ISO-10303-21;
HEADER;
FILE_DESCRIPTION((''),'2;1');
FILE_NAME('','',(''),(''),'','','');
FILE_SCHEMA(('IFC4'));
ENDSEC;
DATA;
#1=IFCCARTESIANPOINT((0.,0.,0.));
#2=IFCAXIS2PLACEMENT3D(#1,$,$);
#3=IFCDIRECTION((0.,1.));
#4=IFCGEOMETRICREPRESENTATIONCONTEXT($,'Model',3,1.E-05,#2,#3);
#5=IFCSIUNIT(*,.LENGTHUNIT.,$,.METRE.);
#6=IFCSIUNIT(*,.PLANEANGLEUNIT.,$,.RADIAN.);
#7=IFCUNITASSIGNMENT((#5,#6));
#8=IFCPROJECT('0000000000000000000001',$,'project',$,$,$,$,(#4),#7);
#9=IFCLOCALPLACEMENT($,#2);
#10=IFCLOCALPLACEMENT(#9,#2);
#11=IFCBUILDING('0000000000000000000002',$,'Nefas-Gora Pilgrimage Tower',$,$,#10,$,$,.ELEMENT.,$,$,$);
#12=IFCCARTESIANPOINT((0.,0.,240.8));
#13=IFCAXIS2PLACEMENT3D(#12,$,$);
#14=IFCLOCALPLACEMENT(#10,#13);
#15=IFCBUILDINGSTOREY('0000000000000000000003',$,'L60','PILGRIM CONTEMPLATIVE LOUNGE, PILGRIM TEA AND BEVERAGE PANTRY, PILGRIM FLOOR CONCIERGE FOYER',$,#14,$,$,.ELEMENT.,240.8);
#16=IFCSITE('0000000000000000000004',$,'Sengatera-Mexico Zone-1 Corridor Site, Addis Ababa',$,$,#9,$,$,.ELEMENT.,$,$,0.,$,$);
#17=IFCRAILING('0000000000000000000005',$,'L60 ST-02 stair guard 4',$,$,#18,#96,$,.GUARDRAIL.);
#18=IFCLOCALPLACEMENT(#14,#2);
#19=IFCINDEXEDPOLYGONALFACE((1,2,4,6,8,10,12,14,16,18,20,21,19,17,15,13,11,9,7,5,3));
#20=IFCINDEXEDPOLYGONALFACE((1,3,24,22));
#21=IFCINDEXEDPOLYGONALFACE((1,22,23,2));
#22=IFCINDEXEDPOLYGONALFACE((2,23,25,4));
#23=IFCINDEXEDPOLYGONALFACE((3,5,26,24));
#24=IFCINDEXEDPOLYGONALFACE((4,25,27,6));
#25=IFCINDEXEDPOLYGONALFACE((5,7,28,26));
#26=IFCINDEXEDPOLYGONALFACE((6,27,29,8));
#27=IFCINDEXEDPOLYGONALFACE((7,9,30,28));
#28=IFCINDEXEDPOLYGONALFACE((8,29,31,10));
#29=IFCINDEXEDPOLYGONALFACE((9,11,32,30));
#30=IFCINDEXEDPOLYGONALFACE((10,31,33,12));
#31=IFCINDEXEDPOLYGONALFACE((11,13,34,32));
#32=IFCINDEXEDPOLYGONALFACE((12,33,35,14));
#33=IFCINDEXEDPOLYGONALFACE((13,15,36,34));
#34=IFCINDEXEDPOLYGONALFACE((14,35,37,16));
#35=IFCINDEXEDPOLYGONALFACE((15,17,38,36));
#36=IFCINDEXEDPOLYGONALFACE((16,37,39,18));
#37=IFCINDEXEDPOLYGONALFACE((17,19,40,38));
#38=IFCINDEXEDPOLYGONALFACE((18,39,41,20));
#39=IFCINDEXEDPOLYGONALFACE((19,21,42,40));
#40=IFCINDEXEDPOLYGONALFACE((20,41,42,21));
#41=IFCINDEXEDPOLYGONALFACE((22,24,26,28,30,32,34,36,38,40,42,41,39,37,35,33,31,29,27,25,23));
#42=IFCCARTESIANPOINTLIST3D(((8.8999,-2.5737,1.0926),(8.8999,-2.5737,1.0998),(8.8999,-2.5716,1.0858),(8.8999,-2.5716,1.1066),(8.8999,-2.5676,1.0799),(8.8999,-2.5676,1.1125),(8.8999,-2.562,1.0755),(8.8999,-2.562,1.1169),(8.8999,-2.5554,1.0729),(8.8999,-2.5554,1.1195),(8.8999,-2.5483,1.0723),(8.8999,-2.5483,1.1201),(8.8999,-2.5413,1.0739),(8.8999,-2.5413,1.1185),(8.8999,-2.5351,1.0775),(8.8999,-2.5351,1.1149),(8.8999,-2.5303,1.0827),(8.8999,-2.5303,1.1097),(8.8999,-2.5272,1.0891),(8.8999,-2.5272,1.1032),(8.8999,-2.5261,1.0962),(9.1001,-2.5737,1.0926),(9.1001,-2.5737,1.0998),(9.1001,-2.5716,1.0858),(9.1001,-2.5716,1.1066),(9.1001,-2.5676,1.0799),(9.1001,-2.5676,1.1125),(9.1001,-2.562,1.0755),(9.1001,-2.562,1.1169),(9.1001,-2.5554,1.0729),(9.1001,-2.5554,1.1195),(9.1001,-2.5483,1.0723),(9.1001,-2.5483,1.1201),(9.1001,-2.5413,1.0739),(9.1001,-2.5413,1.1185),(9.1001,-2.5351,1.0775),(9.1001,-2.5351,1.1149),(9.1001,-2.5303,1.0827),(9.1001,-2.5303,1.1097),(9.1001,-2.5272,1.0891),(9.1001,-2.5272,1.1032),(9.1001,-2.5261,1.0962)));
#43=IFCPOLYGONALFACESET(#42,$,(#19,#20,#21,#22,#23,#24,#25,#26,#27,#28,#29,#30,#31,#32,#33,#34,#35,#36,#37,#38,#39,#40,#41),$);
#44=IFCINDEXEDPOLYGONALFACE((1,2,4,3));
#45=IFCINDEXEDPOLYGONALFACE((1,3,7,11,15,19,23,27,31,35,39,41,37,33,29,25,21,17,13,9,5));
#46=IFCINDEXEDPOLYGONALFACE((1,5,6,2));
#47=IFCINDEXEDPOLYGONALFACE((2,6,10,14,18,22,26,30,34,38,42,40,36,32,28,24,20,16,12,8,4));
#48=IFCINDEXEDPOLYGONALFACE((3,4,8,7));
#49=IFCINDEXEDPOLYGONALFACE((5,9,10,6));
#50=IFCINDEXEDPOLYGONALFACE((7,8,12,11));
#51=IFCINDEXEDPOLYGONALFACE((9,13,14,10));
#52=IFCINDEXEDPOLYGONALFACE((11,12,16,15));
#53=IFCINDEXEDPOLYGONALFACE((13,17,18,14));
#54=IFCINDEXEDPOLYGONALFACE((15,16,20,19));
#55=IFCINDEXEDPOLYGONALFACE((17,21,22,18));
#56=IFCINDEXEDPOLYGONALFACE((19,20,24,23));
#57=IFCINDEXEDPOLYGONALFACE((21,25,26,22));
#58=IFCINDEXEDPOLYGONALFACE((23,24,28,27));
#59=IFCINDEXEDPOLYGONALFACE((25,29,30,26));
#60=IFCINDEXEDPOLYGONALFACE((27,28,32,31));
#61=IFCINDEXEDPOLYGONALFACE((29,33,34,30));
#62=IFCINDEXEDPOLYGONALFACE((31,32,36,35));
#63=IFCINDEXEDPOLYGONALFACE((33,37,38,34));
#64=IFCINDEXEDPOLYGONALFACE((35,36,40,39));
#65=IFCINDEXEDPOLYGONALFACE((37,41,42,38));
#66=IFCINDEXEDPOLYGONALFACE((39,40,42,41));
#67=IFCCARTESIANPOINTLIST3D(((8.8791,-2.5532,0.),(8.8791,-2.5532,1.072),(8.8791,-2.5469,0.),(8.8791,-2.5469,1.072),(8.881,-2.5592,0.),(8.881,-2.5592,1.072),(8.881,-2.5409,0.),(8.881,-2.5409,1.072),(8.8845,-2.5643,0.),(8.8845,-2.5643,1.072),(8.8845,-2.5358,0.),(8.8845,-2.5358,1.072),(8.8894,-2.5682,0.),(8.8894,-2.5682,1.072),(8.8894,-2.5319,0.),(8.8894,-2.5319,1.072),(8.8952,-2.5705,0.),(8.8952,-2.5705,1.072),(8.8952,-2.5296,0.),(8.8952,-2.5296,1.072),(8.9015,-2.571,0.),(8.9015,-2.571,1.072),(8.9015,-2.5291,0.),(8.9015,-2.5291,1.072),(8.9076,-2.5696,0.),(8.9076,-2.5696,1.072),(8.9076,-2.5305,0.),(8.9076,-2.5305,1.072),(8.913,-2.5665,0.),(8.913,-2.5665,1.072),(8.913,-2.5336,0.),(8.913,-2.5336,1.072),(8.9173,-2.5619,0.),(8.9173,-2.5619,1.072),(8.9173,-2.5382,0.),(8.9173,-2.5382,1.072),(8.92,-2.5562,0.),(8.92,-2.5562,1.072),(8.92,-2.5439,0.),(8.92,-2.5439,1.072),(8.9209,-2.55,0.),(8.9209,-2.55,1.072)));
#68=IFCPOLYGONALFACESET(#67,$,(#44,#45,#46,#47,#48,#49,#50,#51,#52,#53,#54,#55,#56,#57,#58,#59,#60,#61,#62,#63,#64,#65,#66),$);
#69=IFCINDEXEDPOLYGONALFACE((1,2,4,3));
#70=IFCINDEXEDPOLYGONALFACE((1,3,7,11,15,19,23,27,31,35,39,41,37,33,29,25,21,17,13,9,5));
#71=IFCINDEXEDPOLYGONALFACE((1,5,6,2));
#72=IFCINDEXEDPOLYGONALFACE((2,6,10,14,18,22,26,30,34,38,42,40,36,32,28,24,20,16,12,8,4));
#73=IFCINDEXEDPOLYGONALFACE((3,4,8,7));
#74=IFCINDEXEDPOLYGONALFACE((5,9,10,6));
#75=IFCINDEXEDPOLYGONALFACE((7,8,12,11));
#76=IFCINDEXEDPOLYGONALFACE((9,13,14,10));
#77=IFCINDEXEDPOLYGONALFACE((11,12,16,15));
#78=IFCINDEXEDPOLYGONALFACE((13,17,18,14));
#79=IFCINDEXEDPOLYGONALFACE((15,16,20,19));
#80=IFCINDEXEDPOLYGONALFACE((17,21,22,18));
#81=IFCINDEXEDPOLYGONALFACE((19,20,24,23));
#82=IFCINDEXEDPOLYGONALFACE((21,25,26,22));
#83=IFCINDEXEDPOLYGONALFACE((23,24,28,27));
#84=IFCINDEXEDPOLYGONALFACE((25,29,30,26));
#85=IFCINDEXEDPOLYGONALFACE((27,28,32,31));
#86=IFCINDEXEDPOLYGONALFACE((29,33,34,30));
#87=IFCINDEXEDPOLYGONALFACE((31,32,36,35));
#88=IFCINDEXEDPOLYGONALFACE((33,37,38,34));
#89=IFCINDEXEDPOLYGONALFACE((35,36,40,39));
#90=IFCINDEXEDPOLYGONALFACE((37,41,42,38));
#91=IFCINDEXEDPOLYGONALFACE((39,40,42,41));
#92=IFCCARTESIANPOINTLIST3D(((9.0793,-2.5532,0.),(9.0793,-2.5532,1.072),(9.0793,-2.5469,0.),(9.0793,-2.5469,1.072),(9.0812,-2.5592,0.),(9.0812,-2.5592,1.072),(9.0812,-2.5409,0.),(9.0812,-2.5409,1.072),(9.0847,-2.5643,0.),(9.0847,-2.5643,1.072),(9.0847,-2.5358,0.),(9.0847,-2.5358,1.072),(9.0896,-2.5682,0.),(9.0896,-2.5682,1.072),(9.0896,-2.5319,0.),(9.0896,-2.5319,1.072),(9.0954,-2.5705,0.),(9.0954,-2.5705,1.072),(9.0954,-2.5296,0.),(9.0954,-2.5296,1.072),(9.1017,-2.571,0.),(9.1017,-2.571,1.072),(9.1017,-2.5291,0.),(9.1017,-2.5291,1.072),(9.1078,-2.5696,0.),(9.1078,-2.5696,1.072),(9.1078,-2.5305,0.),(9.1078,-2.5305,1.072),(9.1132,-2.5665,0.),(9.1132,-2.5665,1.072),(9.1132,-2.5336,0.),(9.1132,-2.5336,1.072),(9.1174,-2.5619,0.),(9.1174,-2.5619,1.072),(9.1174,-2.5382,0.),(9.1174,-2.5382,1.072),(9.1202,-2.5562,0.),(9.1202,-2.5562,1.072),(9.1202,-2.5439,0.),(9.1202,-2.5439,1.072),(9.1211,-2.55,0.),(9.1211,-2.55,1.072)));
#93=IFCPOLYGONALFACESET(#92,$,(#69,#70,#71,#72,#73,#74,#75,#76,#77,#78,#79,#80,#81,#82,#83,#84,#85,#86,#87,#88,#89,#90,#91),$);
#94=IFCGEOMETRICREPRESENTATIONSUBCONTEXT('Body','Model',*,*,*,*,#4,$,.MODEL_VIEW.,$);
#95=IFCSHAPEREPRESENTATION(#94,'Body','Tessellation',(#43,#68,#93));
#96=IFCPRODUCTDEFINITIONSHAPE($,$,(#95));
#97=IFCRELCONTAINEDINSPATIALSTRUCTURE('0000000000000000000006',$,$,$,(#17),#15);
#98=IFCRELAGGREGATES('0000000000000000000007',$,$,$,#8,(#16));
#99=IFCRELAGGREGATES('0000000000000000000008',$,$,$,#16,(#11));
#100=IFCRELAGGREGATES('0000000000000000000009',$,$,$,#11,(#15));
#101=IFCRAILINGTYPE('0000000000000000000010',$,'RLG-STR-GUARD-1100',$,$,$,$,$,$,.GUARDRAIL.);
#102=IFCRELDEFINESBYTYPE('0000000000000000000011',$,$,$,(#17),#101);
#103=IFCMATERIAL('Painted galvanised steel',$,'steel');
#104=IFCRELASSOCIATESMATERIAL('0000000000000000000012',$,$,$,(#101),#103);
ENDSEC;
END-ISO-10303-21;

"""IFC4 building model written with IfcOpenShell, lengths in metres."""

from ifc_helpers import new_model, si_unit, direction, frame, origin, origin_2d, place, context, subcontext, project, spatial, circle, extrude, material, type_object, element, save


model = new_model("IFC4")

# Units and contexts
model_context = context("Model", 3, precision=1e-05, world=origin(), true_north=direction((0.0, 1.0)))
body_context = subcontext(model_context, "Body", "Model", "MODEL_VIEW")
ifc_project = project(units=[si_unit("LENGTHUNIT", "METRE"), si_unit("PLANEANGLEUNIT", "RADIAN")], contexts=[model_context])

# Site, building, storey
site_placement = place(None, origin())
site = spatial("IfcSite", under=ifc_project, at=site_placement, Name="Sengatera-Mexico Zone-1 Corridor Site, Addis Ababa", CompositionType="ELEMENT", RefElevation=0.0)
building_placement = place(site_placement, origin())
building = spatial("IfcBuilding", under=site, at=building_placement, Name="Nefas-Gora Pilgrimage Tower", CompositionType="ELEMENT")
storey_placement = place(building_placement, frame((0.0, 0.0, 240.8)))
storey = spatial("IfcBuildingStorey", under=building, at=storey_placement, Name="L60", Description="PILGRIM CONTEMPLATIVE LOUNGE, PILGRIM TEA AND BEVERAGE PANTRY, PILGRIM FLOOR CONCIERGE FOYER", CompositionType="ELEMENT", Elevation=240.8)

# Railing
ifc_material_1 = material(Name="Painted galvanised steel", Category="steel")
railing_type_1 = type_object("IfcRailingType", Name="RLG-STR-GUARD-1100", PredefinedType="GUARDRAIL", material=ifc_material_1)
railing_1_placement = place(storey_placement, frame((8.8999, -2.55, 0.0)))
element("IfcRailing", 1, at=railing_1_placement, inside=storey, type_object=railing_type_1, Name="L60 ST-02 stair guard 4", PredefinedType="GUARDRAIL", context=body_context, shape_type="SweptSolid", body=[
    extrude(circle(Radius=0.0239, at=origin_2d()), frame((0.0, 0.0, 1.0962), z_axis=(1.0, 0.0, 0.0), x_axis=(0.0, 1.0, 0.0)), (0.0, 0.0, 1.0), 0.2002),
    extrude(circle(Radius=0.021, at=origin_2d()), origin(), (0.0, 0.0, 1.0), 1.072),
    extrude(circle(Radius=0.021, at=origin_2d()), frame((0.2002, 0.0, 0.0)), (0.0, 0.0, 1.0), 1.072),
])

save(model, "model.ifc")
